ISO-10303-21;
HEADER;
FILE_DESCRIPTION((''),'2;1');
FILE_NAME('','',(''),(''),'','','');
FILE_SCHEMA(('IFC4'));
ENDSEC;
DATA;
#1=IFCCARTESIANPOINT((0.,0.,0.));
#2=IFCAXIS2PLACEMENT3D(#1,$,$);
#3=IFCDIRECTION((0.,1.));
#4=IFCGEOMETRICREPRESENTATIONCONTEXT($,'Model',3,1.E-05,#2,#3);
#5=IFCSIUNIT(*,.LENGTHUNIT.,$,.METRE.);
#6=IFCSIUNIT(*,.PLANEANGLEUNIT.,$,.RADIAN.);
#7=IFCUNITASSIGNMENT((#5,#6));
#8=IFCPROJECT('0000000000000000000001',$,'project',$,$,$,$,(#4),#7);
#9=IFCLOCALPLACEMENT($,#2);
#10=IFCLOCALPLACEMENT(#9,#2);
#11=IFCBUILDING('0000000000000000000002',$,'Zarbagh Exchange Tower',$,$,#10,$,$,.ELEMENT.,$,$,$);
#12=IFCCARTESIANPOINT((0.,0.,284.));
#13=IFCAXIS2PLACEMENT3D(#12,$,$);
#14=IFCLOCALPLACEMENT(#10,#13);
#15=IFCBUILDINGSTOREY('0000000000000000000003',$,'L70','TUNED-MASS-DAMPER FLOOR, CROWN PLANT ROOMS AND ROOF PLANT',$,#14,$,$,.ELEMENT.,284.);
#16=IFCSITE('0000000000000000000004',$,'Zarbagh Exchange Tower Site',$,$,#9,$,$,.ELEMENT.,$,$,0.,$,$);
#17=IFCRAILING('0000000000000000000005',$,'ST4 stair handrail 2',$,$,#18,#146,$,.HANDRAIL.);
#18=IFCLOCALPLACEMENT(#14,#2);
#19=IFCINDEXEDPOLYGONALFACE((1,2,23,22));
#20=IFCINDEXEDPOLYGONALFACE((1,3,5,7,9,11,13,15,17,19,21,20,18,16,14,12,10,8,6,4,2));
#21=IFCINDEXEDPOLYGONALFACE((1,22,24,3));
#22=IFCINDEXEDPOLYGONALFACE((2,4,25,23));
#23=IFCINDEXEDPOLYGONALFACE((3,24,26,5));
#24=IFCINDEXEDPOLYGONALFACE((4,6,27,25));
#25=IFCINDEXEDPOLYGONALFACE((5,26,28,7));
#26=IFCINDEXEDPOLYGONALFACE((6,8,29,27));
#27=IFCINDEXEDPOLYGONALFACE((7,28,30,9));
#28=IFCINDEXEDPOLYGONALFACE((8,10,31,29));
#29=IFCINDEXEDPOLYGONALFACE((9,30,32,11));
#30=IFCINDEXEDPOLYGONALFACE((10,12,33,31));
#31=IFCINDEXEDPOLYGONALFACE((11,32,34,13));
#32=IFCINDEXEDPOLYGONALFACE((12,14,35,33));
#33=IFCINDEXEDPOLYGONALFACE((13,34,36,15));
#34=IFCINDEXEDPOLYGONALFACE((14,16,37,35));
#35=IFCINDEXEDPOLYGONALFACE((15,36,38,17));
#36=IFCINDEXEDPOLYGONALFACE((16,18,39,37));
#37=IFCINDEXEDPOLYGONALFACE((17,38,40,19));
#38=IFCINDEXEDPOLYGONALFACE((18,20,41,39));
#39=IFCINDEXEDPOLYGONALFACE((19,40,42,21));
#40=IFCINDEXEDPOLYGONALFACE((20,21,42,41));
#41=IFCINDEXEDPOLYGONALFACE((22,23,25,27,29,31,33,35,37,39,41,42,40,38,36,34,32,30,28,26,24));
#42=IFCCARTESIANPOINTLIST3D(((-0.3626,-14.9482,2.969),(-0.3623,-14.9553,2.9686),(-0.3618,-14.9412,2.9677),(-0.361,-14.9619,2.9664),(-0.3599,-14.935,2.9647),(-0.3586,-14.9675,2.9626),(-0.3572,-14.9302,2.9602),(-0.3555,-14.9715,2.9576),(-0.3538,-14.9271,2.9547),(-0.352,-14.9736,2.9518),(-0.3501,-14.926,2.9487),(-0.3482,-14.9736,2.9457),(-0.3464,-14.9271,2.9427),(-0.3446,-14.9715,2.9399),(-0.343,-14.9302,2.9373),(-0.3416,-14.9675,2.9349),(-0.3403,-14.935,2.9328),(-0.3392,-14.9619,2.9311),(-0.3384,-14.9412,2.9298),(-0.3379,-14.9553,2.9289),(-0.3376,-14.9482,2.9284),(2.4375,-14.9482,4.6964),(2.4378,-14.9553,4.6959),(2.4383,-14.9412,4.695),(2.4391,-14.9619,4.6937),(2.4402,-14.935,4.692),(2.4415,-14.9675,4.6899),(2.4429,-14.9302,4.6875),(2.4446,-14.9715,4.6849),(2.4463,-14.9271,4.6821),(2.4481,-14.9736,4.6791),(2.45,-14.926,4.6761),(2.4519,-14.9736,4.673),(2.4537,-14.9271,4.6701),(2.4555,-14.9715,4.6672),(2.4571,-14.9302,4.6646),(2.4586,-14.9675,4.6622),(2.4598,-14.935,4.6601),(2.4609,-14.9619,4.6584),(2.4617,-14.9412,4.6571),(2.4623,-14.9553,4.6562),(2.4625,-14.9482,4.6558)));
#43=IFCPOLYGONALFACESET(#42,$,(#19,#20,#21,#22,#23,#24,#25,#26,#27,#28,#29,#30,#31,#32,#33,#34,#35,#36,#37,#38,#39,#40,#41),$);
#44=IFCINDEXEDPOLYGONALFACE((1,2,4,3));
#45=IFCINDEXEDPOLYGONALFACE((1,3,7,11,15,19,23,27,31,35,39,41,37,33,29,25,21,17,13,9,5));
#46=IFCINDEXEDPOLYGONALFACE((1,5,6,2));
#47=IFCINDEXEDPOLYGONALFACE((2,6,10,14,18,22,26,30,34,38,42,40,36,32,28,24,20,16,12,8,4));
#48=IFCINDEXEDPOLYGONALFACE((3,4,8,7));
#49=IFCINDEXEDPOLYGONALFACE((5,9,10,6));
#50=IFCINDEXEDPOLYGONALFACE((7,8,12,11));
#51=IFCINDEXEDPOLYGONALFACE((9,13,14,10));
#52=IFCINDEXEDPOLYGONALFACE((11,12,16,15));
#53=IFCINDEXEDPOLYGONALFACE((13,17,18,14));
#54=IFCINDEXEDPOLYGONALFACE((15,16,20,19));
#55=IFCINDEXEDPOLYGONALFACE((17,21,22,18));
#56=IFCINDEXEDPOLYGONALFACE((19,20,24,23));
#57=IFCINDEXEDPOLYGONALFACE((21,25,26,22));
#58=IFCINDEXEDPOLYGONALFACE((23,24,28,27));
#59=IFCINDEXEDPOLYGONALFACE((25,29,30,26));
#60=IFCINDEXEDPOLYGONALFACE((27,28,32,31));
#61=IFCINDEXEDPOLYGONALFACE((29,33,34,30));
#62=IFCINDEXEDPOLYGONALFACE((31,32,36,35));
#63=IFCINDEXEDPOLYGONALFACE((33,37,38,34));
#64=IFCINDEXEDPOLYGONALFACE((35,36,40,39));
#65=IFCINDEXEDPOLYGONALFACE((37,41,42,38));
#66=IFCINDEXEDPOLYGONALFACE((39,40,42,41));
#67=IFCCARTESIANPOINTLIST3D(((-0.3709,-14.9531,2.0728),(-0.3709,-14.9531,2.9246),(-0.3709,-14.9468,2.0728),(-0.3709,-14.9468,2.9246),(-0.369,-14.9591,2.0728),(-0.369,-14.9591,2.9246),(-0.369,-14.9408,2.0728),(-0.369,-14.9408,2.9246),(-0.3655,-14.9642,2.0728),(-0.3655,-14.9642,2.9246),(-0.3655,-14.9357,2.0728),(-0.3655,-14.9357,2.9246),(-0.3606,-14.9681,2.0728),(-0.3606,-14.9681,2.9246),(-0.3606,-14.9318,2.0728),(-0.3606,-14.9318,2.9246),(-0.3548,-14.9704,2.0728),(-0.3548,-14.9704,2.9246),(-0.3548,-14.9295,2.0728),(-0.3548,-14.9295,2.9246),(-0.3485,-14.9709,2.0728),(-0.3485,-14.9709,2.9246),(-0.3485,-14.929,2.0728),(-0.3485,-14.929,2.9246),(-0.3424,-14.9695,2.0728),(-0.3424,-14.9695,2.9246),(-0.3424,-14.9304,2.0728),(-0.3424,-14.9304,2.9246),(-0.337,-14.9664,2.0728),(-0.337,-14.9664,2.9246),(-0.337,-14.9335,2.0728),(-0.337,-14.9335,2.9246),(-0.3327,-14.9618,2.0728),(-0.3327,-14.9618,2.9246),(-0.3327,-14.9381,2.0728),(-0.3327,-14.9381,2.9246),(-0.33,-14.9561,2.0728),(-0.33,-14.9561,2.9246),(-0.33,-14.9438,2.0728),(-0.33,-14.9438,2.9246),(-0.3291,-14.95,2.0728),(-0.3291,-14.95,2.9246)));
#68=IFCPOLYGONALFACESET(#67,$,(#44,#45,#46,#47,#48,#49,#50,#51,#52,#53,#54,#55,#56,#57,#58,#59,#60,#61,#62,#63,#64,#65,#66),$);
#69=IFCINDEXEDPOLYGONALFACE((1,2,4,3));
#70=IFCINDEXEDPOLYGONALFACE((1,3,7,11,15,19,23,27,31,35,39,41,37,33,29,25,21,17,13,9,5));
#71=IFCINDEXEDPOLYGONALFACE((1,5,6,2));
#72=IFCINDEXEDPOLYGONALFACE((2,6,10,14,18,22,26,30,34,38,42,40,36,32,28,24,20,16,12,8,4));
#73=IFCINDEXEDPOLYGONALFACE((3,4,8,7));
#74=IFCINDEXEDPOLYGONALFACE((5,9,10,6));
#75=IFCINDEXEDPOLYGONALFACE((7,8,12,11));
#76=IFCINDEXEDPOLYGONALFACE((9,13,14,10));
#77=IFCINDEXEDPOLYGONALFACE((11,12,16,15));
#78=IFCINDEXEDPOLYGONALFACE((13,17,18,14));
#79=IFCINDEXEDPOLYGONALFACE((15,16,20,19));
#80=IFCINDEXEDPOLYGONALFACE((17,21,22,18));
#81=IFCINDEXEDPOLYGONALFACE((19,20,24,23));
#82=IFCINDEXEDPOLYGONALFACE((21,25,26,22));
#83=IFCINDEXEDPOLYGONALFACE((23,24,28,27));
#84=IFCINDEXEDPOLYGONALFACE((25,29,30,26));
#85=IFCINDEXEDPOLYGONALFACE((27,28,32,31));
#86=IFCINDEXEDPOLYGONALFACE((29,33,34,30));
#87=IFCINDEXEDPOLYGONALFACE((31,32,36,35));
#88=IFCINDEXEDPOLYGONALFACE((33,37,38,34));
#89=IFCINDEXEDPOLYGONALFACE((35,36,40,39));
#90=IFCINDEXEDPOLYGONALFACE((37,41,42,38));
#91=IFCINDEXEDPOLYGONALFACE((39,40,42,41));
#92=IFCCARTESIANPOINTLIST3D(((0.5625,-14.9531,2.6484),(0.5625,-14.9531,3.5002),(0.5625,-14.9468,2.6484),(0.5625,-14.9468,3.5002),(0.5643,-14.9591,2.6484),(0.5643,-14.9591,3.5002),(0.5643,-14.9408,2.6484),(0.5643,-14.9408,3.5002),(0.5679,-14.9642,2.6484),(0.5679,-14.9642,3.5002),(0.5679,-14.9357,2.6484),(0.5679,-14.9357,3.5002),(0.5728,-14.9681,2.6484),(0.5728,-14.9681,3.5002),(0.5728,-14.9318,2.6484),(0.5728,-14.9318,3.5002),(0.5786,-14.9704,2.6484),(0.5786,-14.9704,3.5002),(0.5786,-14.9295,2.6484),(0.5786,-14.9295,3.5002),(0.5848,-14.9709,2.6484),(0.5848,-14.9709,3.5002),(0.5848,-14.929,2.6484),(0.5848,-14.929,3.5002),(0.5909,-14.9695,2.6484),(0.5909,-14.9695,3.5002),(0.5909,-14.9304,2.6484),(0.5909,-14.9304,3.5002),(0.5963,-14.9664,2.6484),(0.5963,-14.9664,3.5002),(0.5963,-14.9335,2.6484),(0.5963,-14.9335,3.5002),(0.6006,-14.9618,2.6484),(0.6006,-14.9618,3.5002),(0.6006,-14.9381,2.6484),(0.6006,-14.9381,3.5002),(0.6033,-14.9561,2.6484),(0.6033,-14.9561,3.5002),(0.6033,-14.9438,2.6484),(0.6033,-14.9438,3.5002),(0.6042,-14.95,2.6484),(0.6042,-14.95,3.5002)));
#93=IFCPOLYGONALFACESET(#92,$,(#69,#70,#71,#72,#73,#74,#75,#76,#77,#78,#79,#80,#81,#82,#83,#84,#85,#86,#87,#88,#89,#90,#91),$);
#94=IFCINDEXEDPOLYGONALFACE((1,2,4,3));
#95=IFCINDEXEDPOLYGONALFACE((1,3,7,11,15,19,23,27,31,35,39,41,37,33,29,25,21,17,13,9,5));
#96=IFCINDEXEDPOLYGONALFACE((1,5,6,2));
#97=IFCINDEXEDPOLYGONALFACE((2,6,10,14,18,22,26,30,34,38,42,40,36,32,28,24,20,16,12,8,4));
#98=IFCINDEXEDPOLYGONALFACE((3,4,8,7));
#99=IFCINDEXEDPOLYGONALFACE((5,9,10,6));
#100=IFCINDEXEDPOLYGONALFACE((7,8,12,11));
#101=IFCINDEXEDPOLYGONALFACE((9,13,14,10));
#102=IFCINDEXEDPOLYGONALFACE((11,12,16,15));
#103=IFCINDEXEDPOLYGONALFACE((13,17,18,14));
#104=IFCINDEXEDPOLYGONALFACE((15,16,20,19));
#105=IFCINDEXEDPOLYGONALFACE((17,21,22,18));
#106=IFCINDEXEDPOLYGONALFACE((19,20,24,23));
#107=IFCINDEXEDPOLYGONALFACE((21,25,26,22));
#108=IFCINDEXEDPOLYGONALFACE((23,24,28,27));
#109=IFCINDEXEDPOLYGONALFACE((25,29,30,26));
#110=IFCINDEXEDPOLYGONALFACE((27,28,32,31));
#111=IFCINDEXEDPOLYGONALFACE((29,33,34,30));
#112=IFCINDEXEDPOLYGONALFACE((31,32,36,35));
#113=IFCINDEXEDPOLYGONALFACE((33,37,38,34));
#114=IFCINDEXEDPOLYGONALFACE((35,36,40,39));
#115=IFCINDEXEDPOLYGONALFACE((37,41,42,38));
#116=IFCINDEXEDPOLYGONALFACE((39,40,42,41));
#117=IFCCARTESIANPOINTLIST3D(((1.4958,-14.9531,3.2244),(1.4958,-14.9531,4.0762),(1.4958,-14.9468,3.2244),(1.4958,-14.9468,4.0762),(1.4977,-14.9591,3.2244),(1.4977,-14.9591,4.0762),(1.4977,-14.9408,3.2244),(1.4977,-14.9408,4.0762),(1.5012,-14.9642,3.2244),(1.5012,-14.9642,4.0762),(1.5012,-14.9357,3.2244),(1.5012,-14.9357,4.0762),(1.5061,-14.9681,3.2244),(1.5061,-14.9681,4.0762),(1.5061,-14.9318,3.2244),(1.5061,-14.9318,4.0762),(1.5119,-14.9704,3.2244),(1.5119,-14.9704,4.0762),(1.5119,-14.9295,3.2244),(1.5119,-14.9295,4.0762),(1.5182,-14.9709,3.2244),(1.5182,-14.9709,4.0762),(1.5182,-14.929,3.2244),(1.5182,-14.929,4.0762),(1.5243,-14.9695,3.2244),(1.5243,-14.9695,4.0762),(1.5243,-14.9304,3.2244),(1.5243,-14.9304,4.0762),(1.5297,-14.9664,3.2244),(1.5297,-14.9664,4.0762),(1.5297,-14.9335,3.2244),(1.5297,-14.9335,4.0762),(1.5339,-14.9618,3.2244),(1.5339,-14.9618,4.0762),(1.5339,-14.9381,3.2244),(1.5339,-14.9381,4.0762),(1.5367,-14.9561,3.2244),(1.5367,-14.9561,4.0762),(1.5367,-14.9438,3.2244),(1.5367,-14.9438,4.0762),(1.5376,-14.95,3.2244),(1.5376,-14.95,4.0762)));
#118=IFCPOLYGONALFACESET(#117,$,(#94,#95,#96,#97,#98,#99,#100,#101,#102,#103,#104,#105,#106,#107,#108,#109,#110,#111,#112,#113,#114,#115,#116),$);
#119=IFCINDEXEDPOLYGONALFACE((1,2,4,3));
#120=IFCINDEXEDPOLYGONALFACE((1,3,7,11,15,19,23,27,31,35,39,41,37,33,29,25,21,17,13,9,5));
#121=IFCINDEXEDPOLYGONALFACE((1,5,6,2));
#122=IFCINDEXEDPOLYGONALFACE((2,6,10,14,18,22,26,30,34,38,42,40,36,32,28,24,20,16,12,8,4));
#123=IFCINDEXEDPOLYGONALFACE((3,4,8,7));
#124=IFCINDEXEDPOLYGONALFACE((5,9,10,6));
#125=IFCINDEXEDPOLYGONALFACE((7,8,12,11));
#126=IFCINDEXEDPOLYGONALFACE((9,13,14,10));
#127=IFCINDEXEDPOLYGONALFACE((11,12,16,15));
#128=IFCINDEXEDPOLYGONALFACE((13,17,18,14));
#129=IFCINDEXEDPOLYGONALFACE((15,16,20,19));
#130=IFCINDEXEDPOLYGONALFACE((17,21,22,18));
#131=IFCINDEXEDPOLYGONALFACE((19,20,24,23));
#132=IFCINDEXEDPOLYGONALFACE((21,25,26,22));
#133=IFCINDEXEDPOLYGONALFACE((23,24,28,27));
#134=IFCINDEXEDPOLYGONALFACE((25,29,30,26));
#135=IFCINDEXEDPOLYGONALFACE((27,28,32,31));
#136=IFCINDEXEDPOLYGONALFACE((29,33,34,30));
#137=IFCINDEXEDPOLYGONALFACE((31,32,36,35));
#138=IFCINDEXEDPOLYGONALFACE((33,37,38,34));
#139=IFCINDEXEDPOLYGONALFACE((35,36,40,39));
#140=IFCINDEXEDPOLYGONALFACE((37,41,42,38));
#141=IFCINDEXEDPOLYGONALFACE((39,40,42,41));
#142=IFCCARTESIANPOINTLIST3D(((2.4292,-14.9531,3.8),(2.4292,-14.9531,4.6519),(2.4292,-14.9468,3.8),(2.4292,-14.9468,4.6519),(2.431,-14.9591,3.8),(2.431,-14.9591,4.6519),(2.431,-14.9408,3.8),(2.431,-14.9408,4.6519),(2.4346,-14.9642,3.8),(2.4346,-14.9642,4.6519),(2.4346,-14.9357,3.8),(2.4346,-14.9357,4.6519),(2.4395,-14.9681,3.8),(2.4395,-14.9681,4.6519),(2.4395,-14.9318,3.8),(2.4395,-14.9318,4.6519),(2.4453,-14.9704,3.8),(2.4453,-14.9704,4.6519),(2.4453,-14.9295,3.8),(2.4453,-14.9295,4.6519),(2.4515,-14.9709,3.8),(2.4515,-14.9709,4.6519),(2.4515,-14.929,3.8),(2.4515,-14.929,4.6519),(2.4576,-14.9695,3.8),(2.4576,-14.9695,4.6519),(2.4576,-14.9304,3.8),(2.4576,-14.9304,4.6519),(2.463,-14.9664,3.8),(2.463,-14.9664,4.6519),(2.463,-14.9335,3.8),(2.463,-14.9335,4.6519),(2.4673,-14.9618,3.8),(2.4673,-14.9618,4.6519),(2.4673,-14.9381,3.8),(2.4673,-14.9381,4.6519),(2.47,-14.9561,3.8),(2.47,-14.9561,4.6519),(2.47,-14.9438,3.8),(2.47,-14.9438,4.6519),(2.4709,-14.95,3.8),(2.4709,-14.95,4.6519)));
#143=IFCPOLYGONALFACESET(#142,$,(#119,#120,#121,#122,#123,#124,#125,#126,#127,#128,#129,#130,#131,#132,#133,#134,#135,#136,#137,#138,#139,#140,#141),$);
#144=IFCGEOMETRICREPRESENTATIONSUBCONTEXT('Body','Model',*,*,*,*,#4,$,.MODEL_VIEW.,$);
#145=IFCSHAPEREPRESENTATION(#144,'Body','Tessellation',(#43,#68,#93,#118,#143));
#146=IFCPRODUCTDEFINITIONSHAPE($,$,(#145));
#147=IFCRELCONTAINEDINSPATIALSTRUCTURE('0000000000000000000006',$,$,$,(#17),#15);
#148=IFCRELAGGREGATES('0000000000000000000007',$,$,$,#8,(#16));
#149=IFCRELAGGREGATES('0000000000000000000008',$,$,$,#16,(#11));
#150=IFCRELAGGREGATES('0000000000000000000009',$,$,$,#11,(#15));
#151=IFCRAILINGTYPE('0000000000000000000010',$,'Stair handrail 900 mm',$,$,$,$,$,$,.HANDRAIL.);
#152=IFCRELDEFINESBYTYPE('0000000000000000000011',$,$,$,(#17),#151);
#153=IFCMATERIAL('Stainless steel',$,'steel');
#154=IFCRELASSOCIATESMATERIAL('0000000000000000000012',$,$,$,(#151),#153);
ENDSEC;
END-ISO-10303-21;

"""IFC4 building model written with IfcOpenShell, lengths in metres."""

from ifc_helpers import new_model, si_unit, direction, frame, origin, origin_2d, place, context, subcontext, project, spatial, circle, extrude, material, type_object, element, save


model = new_model("IFC4")

# Units and contexts
model_context = context("Model", 3, precision=1e-05, world=origin(), true_north=direction((0.0, 1.0)))
body_context = subcontext(model_context, "Body", "Model", "MODEL_VIEW")
ifc_project = project(units=[si_unit("LENGTHUNIT", "METRE"), si_unit("PLANEANGLEUNIT", "RADIAN")], contexts=[model_context])

# Site, building, storey
site_placement = place(None, origin())
site = spatial("IfcSite", under=ifc_project, at=site_placement, Name="Zarbagh Exchange Tower Site", CompositionType="ELEMENT", RefElevation=0.0)
building_placement = place(site_placement, origin())
building = spatial("IfcBuilding", under=site, at=building_placement, Name="Zarbagh Exchange Tower", CompositionType="ELEMENT")
storey_placement = place(building_placement, frame((0.0, 0.0, 284.0)))
storey = spatial("IfcBuildingStorey", under=building, at=storey_placement, Name="L70", Description="TUNED-MASS-DAMPER FLOOR, CROWN PLANT ROOMS AND ROOF PLANT", CompositionType="ELEMENT", Elevation=284.0)

# Shared definitions
ifc_material_1 = material(Name="Stainless steel", Category="steel")

# Railing
railing_type_1 = type_object("IfcRailingType", Name="Stair handrail 900 mm", PredefinedType="HANDRAIL", material=ifc_material_1)
for number, where, name in (
    (1, (-0.3501, -14.95, 2.0728), "ST4 stair handrail 2"),
):
    element("IfcRailing", number, at=place(storey_placement, frame(where)), inside=storey, type_object=railing_type_1, Name=name, PredefinedType="HANDRAIL", context=body_context, shape_type="SweptSolid", body=[
        extrude(circle(Radius=0.0239, at=origin_2d()), frame((0.0, 0.0, 0.876), z_axis=(0.85109, 0.0, 0.52502), x_axis=(0.0, 1.0, 0.0)), (0.0, 0.0, 1.0), 3.29),
        extrude(circle(Radius=0.021, at=origin_2d()), origin(), (0.0, 0.0, 1.0), 0.8518),
        extrude(circle(Radius=0.021, at=origin_2d()), frame((0.9333, 0.0, 0.5757)), (0.0, 0.0, 1.0), 0.8518),
        extrude(circle(Radius=0.021, at=origin_2d()), frame((1.8667, 0.0, 1.1516)), (0.0, 0.0, 1.0), 0.8518),
        extrude(circle(Radius=0.021, at=origin_2d()), frame((2.8, 0.0, 1.7273)), (0.0, 0.0, 1.0), 0.8518),
    ])

save(model, "model.ifc")
